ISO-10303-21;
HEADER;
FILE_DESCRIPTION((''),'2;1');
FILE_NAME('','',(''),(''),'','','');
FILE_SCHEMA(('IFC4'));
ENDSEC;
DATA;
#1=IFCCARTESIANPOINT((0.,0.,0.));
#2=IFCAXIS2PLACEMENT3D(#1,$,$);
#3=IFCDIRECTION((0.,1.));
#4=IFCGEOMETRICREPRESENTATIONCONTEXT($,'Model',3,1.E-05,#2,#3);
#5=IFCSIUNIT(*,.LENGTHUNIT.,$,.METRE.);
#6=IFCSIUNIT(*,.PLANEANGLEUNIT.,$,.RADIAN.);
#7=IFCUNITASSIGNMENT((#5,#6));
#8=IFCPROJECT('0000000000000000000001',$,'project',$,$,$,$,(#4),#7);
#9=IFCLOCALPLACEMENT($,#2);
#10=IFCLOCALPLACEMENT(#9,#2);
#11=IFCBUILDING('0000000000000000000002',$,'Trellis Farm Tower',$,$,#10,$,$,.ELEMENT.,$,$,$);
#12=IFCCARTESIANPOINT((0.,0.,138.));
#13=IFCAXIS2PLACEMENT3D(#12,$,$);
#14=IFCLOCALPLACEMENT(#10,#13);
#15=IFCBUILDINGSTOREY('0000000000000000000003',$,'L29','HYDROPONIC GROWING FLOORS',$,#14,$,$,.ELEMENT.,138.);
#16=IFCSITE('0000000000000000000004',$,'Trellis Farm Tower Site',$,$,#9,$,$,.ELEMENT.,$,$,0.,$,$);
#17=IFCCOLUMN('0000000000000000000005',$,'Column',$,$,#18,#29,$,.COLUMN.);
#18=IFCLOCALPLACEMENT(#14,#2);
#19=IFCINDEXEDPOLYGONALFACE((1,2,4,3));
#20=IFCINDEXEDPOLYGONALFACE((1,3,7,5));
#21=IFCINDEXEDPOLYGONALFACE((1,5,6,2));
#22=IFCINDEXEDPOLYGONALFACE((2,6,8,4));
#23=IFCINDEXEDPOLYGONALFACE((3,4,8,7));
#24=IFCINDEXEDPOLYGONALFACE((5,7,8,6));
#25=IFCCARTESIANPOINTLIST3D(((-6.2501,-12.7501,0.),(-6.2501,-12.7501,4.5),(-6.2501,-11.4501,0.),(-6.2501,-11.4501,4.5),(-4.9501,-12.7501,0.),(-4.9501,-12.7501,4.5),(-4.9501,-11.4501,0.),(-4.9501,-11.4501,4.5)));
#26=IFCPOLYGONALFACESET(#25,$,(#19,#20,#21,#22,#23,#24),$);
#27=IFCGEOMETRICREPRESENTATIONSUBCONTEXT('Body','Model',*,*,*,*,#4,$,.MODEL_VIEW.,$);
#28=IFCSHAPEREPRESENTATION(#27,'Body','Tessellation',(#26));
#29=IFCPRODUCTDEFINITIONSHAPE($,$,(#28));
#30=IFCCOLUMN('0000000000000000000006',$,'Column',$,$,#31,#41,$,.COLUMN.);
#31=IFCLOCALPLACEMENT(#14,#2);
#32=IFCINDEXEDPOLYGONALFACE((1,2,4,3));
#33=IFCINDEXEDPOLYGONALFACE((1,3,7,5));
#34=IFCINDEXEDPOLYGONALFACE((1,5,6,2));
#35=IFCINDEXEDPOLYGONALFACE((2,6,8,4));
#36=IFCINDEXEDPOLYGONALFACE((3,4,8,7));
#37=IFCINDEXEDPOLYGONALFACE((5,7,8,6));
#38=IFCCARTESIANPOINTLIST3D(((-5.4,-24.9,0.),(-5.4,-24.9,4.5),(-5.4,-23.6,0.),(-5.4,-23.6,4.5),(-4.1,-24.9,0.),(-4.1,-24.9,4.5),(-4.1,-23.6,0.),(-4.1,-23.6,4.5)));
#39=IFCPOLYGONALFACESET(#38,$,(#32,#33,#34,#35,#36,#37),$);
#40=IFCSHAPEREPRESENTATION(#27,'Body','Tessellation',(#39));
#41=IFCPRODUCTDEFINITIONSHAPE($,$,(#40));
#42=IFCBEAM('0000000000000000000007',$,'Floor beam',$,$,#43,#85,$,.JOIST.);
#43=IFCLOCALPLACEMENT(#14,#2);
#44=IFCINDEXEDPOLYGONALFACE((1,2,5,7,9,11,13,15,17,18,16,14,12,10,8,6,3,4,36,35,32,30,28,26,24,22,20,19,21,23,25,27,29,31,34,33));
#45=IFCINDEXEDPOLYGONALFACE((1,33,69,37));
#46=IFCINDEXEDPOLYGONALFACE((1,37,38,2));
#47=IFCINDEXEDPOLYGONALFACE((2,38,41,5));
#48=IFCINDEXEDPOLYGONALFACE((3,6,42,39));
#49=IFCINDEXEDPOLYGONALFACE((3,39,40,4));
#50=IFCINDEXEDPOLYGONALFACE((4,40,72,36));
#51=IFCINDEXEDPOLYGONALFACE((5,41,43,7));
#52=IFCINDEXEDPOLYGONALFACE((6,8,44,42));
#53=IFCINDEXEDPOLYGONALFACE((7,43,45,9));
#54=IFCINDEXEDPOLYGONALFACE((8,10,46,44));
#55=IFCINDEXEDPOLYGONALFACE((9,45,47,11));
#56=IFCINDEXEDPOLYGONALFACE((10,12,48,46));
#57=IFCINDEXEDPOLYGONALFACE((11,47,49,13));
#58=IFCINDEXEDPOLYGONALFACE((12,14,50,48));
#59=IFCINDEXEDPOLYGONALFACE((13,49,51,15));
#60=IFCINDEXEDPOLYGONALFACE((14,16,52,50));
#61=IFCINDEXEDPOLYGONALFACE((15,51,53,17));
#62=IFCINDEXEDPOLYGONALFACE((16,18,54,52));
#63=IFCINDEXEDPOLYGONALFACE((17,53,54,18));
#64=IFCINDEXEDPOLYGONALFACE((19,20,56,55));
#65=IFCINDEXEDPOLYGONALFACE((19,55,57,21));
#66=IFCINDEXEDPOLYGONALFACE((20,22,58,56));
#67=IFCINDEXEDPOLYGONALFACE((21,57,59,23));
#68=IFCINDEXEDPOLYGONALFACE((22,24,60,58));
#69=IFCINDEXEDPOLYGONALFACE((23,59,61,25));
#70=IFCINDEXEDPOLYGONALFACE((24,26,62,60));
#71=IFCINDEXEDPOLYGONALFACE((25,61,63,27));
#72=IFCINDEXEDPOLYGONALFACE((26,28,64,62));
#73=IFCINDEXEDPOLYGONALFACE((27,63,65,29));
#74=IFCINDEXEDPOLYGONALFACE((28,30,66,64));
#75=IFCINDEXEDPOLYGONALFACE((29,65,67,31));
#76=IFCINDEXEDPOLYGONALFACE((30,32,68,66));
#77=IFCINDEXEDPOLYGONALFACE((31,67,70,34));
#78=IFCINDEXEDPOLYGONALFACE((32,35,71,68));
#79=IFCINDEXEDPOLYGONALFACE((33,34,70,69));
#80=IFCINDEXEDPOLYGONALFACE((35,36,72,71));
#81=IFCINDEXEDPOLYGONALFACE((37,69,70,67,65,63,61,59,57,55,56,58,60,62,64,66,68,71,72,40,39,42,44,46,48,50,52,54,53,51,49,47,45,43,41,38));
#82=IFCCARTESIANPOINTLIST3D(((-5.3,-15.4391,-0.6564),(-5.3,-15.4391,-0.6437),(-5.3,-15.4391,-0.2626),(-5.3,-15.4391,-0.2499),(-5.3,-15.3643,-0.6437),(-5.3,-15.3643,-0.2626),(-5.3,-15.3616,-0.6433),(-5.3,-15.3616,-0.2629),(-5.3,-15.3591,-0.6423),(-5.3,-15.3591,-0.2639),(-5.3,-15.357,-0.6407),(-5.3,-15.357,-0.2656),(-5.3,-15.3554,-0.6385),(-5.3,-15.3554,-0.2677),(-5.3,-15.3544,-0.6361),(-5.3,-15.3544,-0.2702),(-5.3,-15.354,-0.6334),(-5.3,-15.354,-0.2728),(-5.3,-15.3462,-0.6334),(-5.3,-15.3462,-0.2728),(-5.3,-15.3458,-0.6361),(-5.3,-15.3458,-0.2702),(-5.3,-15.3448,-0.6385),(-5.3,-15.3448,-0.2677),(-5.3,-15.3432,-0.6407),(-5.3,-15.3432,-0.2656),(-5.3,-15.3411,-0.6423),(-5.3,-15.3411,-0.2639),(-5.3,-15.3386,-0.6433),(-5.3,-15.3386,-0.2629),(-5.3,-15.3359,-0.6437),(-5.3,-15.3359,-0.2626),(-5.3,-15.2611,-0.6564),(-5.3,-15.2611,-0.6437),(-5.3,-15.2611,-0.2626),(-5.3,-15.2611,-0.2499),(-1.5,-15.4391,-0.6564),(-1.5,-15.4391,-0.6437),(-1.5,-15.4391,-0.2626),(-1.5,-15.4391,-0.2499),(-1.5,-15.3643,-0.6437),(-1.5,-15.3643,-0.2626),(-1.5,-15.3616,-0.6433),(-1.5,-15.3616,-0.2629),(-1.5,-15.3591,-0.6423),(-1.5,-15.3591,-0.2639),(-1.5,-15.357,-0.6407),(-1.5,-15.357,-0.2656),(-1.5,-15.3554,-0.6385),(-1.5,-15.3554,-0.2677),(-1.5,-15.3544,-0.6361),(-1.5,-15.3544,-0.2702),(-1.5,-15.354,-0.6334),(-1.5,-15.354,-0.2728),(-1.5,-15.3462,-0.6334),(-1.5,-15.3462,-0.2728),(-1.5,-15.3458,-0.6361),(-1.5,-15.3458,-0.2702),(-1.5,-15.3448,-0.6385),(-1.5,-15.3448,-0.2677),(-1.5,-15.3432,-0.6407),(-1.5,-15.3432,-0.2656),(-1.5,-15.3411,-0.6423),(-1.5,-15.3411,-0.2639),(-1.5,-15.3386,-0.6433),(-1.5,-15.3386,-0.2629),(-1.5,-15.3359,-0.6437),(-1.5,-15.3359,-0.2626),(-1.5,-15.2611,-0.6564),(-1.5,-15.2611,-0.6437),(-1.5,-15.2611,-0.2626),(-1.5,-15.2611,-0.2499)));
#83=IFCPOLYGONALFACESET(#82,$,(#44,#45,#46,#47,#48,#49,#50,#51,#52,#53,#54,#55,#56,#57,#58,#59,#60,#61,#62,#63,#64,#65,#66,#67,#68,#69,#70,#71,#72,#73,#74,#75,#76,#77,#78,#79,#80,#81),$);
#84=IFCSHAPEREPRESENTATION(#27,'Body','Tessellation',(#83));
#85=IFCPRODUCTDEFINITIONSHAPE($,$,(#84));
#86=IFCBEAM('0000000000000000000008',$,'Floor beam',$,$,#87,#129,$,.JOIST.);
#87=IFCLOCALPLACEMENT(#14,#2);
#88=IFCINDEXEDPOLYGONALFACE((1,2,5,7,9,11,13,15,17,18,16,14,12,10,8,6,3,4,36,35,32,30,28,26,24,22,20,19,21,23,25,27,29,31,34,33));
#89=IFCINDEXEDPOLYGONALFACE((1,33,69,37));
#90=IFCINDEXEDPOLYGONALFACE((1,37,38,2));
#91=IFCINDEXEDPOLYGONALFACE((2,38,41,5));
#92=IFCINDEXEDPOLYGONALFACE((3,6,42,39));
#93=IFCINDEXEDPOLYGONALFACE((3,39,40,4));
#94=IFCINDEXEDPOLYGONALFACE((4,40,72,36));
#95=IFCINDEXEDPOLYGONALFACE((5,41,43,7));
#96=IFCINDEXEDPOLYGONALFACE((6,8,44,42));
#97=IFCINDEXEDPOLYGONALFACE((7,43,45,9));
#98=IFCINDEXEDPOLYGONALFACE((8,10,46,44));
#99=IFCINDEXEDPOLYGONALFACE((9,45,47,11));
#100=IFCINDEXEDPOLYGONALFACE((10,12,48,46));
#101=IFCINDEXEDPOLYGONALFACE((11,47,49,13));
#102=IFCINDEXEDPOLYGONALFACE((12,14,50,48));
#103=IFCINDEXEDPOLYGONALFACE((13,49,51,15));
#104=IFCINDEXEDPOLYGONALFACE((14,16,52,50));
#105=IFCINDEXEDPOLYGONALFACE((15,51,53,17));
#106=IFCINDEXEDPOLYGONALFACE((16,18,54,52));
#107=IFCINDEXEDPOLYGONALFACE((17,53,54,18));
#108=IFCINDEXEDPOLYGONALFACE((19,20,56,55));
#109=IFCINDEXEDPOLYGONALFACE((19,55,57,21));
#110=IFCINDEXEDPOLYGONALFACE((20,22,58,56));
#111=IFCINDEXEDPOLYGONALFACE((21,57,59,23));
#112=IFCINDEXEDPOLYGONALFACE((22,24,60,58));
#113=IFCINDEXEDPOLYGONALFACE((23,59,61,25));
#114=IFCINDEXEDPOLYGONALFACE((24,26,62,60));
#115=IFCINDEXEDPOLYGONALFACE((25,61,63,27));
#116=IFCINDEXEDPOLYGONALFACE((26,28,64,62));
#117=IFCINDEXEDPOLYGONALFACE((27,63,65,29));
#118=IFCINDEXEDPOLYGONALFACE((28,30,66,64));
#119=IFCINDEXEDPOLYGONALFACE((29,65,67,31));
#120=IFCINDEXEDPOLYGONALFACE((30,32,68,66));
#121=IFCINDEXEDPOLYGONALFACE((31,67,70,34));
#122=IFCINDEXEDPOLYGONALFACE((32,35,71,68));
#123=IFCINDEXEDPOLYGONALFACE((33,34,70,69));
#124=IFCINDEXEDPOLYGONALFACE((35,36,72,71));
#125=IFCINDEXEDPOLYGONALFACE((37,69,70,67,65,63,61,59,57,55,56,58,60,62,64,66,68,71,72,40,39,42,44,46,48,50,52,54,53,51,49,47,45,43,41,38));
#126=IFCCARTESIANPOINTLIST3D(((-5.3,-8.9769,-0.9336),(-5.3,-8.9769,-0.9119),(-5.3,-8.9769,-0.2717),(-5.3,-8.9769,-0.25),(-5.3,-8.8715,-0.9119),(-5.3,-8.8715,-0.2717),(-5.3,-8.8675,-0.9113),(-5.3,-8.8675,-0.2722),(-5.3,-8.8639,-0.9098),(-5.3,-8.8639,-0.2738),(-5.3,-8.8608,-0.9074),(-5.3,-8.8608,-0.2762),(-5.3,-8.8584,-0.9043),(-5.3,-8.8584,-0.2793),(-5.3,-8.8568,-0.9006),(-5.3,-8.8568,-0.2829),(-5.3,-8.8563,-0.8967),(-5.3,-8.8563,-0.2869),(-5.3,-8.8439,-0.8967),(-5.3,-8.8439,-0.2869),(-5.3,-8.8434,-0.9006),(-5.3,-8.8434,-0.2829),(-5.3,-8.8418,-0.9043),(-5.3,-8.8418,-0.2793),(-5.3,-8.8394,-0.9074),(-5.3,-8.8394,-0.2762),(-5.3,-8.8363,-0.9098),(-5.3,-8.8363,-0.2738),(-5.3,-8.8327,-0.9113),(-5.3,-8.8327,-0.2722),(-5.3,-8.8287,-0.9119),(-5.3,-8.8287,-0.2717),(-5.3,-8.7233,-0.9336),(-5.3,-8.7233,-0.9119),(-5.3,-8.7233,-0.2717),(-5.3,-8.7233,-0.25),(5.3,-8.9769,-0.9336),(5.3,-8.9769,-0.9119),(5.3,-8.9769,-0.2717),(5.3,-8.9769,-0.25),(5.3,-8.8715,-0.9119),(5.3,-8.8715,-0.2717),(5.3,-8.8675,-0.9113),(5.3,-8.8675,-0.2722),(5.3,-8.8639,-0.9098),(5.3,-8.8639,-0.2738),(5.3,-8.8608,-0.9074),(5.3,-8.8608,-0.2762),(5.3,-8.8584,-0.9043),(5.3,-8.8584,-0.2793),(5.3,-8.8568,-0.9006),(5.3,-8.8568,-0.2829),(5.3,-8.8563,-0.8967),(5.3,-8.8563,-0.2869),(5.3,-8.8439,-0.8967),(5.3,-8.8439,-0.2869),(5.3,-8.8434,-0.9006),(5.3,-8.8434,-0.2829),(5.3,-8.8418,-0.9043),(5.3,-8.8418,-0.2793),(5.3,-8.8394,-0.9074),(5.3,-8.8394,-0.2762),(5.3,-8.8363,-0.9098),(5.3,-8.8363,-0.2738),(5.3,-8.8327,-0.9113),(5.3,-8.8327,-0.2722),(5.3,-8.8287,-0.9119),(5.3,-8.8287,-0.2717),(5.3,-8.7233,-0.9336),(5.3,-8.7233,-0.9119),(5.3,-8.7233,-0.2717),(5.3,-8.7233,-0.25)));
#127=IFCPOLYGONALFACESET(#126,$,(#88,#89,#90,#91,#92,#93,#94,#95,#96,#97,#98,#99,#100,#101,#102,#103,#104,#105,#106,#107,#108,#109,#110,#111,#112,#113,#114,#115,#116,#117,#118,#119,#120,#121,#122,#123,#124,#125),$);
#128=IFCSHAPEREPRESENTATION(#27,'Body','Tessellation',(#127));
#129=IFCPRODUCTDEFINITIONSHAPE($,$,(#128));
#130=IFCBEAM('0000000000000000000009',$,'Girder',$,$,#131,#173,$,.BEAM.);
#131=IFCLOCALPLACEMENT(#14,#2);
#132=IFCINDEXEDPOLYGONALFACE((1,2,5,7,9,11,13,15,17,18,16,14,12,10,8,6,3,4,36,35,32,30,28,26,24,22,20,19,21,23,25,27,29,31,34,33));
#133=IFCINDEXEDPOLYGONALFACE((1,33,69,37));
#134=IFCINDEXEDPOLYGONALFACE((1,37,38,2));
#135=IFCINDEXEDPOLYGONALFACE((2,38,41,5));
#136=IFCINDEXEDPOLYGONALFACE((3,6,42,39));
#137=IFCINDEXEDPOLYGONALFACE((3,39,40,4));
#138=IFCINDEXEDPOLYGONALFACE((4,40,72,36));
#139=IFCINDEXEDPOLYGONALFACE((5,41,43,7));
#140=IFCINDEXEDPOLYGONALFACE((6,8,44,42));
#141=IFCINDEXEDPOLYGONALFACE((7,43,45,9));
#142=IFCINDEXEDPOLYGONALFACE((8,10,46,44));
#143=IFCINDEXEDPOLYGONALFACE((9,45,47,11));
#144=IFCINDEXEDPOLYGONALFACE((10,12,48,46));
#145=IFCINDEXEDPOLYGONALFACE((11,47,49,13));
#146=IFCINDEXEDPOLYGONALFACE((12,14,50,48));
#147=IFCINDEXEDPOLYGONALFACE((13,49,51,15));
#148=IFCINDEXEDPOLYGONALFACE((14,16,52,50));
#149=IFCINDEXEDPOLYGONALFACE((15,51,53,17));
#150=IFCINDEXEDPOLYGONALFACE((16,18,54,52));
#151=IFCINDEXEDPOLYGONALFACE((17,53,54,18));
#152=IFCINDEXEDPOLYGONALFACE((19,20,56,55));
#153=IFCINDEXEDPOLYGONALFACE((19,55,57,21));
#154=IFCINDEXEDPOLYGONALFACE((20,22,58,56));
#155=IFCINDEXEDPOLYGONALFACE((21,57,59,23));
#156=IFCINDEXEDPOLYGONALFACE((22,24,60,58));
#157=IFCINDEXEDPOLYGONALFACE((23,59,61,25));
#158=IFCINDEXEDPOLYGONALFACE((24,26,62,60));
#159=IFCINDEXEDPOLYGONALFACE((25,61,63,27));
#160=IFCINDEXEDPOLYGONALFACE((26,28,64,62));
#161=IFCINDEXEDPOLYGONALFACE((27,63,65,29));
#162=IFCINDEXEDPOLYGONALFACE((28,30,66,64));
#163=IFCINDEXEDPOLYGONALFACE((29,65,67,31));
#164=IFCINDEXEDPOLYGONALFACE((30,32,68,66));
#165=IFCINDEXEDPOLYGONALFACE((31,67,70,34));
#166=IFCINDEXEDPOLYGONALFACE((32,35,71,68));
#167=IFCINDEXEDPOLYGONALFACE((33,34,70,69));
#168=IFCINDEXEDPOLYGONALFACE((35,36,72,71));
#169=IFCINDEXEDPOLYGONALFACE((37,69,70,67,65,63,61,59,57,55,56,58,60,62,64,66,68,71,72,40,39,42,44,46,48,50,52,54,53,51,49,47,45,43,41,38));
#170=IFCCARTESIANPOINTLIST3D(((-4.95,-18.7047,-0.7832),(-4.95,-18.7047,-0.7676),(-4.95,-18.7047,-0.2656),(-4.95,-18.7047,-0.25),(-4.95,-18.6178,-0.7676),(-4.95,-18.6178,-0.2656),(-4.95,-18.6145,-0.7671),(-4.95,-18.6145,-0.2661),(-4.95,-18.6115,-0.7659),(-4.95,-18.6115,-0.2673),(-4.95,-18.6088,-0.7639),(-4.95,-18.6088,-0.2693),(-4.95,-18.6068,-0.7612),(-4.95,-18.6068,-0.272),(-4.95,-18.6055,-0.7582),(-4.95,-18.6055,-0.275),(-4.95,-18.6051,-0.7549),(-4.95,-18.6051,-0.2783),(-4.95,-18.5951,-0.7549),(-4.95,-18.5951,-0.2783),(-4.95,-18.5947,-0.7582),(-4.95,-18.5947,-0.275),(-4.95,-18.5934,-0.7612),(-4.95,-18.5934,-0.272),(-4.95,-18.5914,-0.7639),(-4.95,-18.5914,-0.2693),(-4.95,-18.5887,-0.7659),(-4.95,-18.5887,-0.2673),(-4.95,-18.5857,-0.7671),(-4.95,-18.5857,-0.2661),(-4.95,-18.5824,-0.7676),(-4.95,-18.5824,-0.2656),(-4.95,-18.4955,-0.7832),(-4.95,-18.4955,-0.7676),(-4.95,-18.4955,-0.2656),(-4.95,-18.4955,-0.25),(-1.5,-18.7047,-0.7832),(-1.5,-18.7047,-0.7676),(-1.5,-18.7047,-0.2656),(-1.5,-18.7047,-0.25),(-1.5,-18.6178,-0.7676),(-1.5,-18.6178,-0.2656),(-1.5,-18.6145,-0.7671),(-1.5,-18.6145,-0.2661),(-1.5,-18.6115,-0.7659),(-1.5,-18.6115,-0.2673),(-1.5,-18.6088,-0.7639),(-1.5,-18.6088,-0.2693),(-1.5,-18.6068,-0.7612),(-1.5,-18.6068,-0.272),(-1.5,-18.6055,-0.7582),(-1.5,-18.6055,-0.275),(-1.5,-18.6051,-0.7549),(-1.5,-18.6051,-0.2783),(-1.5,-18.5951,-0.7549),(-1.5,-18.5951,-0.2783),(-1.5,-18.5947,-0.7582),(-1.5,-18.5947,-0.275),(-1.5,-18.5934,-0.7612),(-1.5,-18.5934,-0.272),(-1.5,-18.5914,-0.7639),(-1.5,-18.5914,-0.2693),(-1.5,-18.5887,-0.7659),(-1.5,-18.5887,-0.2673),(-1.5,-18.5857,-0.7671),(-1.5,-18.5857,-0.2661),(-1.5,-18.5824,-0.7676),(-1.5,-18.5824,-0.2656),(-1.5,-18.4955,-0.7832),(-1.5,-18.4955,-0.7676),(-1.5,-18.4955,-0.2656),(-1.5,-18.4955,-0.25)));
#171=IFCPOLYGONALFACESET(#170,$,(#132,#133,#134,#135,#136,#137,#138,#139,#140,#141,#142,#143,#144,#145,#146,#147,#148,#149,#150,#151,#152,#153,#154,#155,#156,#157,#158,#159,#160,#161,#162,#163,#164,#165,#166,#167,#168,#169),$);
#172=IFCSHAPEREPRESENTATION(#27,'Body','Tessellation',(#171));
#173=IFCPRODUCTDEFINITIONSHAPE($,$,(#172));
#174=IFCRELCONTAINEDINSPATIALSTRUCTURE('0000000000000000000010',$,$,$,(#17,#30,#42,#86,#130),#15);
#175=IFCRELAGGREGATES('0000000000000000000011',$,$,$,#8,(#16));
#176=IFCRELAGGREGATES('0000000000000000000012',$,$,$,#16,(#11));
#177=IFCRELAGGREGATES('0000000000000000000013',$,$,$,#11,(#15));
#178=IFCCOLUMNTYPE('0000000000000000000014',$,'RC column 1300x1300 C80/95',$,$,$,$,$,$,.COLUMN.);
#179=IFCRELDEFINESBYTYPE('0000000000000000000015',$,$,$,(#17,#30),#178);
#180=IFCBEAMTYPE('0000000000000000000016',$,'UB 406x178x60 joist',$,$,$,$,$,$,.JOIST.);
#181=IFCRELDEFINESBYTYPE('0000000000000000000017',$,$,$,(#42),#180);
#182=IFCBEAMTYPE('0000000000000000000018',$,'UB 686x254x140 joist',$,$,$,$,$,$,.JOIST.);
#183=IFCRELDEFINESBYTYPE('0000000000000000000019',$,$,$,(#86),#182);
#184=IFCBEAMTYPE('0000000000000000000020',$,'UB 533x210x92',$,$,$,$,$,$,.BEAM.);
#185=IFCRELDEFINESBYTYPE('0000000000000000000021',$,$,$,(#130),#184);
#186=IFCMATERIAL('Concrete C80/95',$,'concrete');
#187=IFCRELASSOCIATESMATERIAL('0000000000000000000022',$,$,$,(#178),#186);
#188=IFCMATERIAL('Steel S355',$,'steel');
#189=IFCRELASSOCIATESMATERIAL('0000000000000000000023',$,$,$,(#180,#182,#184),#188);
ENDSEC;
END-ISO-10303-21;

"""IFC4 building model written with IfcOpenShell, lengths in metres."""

from ifc_helpers import new_model, si_unit, direction, frame, origin, origin_2d, place, context, subcontext, project, spatial, rectangle, i_section, extrude, source, transform, mapped, material, material_profile, profile_set, type_object, element, save


model = new_model("IFC4")

# Units and contexts
model_context = context("Model", 3, precision=1e-05, world=origin(), true_north=direction((0.0, 1.0)))
body_context = subcontext(model_context, "Body", "Model", "MODEL_VIEW")
ifc_project = project(units=[si_unit("LENGTHUNIT", "METRE"), si_unit("PLANEANGLEUNIT", "RADIAN")], contexts=[model_context])

# Site, building, storey
site_placement = place(None, origin())
site = spatial("IfcSite", under=ifc_project, at=site_placement, Name="Trellis Farm Tower Site", CompositionType="ELEMENT", RefElevation=0.0)
building_placement = place(site_placement, origin())
building = spatial("IfcBuilding", under=site, at=building_placement, Name="Trellis Farm Tower", CompositionType="ELEMENT")
storey_placement = place(building_placement, frame((0.0, 0.0, 138.0)))
storey = spatial("IfcBuildingStorey", under=building, at=storey_placement, Name="L29", Description="HYDROPONIC GROWING FLOORS", CompositionType="ELEMENT", Elevation=138.0)

# Columns
ifc_material_1 = material(Name="Concrete C80/95", Category="concrete")
ifc_material_profile_1 = material_profile(ifc_material_1, rectangle(XDim=1.3, YDim=1.3, at=origin_2d()), Name="RC column 1300x1300 C80/95")
ifc_profile_set_1 = profile_set([ifc_material_profile_1], Name="Concrete C80/95")
column_type = type_object("IfcColumnType", Name="RC column 1300x1300 C80/95", PredefinedType="COLUMN", material=ifc_profile_set_1)
shared_shape_1 = source(origin(), body_context, "Body", "SweptSolid", [
    extrude(rectangle(XDim=1.3, YDim=1.3, at=origin_2d()), origin(), (0.0, 0.0, 1.0), 4.5),
])
for number, where, z_axis, x_axis, name in (
    (1, (-5.6001, -12.1001, 0.0), (0.0, 0.0, 1.0), (1.0, 0.0, 0.0), "Column"),
    (2, (-4.75, -24.25, 0.0), (0.0, 0.0, 1.0), (1.0, 0.0, 0.0), "Column"),
):
    element("IfcColumn", number, at=place(storey_placement, frame(where, z_axis=z_axis, x_axis=x_axis)), inside=storey, type_object=column_type, Name=name, PredefinedType="COLUMN", context=body_context, shape_type="MappedRepresentation", body=[
        mapped(shared_shape_1, transform((0.0, 0.0, 0.0))),
    ])

# Beams
ifc_material_2 = material(Name="Steel S355", Category="steel")
ifc_material_profile_2 = material_profile(ifc_material_2, i_section(OverallWidth=0.178, OverallDepth=0.4065, WebThickness=0.0078, FlangeThickness=0.0127, FilletRadius=0.0103, at=origin_2d()), Name="UB 406x178x60")
ifc_profile_set_2 = profile_set([ifc_material_profile_2], Name="Steel S355")
beam_type_1 = type_object("IfcBeamType", Name="UB 406x178x60 joist", PredefinedType="JOIST", material=ifc_profile_set_2)
shared_shape_2 = source(origin(), body_context, "Body", "SweptSolid", [
    extrude(i_section(OverallWidth=0.178, OverallDepth=0.4065, WebThickness=0.0078, FlangeThickness=0.0127, FilletRadius=0.0103, at=origin_2d()), origin(), (0.0, 0.0, 1.0), 3.8),
])
beam_1_placement = place(storey_placement, frame((-5.3, -15.3501, -0.4531), z_axis=(1.0, 0.0, 0.0), x_axis=(0.0, 1.0, 0.0)))
element("IfcBeam", 3, at=beam_1_placement, inside=storey, type_object=beam_type_1, Name="Floor beam", PredefinedType="JOIST", context=body_context, shape_type="MappedRepresentation", body=[
    mapped(shared_shape_2, transform((0.0, 0.0, 0.0))),
])
ifc_material_profile_3 = material_profile(ifc_material_2, i_section(OverallWidth=0.2537, OverallDepth=0.6836, WebThickness=0.0125, FlangeThickness=0.0217, FilletRadius=0.0151, at=origin_2d()), Name="UB 686x254x140")
ifc_profile_set_3 = profile_set([ifc_material_profile_3], Name="Steel S355")
beam_type_2 = type_object("IfcBeamType", Name="UB 686x254x140 joist", PredefinedType="JOIST", material=ifc_profile_set_3)
shared_shape_3 = source(origin(), body_context, "Body", "SweptSolid", [
    extrude(i_section(OverallWidth=0.2537, OverallDepth=0.6836, WebThickness=0.0125, FlangeThickness=0.0217, FilletRadius=0.0151, at=origin_2d()), origin(), (0.0, 0.0, 1.0), 10.6001),
])
beam_2_placement = place(storey_placement, frame((-5.3, -8.8501, -0.5918), z_axis=(1.0, 0.0, 0.0), x_axis=(0.0, 1.0, 0.0)))
element("IfcBeam", 4, at=beam_2_placement, inside=storey, type_object=beam_type_2, Name="Floor beam", PredefinedType="JOIST", context=body_context, shape_type="MappedRepresentation", body=[
    mapped(shared_shape_3, transform((0.0, 0.0, 0.0))),
])
ifc_material_profile_4 = material_profile(ifc_material_2, i_section(OverallWidth=0.2092, OverallDepth=0.5332, WebThickness=0.01, FlangeThickness=0.0156, FilletRadius=0.0127, at=origin_2d()), Name="UB 533x210x92")
ifc_profile_set_4 = profile_set([ifc_material_profile_4], Name="Steel S355")
beam_type_3 = type_object("IfcBeamType", Name="UB 533x210x92", PredefinedType="BEAM", material=ifc_profile_set_4)
shared_shape_4 = source(origin(), body_context, "Body", "SweptSolid", [
    extrude(i_section(OverallWidth=0.2092, OverallDepth=0.5332, WebThickness=0.01, FlangeThickness=0.0156, FilletRadius=0.0127, at=origin_2d()), origin(), (0.0, 0.0, 1.0), 3.45),
])
beam_3_placement = place(storey_placement, frame((-4.95, -18.6001, -0.5166), z_axis=(1.0, 0.0, 0.0), x_axis=(0.0, 1.0, 0.0)))
element("IfcBeam", 5, at=beam_3_placement, inside=storey, type_object=beam_type_3, Name="Girder", PredefinedType="BEAM", context=body_context, shape_type="MappedRepresentation", body=[
    mapped(shared_shape_4, transform((0.0, 0.0, 0.0))),
])

save(model, "model.ifc")
